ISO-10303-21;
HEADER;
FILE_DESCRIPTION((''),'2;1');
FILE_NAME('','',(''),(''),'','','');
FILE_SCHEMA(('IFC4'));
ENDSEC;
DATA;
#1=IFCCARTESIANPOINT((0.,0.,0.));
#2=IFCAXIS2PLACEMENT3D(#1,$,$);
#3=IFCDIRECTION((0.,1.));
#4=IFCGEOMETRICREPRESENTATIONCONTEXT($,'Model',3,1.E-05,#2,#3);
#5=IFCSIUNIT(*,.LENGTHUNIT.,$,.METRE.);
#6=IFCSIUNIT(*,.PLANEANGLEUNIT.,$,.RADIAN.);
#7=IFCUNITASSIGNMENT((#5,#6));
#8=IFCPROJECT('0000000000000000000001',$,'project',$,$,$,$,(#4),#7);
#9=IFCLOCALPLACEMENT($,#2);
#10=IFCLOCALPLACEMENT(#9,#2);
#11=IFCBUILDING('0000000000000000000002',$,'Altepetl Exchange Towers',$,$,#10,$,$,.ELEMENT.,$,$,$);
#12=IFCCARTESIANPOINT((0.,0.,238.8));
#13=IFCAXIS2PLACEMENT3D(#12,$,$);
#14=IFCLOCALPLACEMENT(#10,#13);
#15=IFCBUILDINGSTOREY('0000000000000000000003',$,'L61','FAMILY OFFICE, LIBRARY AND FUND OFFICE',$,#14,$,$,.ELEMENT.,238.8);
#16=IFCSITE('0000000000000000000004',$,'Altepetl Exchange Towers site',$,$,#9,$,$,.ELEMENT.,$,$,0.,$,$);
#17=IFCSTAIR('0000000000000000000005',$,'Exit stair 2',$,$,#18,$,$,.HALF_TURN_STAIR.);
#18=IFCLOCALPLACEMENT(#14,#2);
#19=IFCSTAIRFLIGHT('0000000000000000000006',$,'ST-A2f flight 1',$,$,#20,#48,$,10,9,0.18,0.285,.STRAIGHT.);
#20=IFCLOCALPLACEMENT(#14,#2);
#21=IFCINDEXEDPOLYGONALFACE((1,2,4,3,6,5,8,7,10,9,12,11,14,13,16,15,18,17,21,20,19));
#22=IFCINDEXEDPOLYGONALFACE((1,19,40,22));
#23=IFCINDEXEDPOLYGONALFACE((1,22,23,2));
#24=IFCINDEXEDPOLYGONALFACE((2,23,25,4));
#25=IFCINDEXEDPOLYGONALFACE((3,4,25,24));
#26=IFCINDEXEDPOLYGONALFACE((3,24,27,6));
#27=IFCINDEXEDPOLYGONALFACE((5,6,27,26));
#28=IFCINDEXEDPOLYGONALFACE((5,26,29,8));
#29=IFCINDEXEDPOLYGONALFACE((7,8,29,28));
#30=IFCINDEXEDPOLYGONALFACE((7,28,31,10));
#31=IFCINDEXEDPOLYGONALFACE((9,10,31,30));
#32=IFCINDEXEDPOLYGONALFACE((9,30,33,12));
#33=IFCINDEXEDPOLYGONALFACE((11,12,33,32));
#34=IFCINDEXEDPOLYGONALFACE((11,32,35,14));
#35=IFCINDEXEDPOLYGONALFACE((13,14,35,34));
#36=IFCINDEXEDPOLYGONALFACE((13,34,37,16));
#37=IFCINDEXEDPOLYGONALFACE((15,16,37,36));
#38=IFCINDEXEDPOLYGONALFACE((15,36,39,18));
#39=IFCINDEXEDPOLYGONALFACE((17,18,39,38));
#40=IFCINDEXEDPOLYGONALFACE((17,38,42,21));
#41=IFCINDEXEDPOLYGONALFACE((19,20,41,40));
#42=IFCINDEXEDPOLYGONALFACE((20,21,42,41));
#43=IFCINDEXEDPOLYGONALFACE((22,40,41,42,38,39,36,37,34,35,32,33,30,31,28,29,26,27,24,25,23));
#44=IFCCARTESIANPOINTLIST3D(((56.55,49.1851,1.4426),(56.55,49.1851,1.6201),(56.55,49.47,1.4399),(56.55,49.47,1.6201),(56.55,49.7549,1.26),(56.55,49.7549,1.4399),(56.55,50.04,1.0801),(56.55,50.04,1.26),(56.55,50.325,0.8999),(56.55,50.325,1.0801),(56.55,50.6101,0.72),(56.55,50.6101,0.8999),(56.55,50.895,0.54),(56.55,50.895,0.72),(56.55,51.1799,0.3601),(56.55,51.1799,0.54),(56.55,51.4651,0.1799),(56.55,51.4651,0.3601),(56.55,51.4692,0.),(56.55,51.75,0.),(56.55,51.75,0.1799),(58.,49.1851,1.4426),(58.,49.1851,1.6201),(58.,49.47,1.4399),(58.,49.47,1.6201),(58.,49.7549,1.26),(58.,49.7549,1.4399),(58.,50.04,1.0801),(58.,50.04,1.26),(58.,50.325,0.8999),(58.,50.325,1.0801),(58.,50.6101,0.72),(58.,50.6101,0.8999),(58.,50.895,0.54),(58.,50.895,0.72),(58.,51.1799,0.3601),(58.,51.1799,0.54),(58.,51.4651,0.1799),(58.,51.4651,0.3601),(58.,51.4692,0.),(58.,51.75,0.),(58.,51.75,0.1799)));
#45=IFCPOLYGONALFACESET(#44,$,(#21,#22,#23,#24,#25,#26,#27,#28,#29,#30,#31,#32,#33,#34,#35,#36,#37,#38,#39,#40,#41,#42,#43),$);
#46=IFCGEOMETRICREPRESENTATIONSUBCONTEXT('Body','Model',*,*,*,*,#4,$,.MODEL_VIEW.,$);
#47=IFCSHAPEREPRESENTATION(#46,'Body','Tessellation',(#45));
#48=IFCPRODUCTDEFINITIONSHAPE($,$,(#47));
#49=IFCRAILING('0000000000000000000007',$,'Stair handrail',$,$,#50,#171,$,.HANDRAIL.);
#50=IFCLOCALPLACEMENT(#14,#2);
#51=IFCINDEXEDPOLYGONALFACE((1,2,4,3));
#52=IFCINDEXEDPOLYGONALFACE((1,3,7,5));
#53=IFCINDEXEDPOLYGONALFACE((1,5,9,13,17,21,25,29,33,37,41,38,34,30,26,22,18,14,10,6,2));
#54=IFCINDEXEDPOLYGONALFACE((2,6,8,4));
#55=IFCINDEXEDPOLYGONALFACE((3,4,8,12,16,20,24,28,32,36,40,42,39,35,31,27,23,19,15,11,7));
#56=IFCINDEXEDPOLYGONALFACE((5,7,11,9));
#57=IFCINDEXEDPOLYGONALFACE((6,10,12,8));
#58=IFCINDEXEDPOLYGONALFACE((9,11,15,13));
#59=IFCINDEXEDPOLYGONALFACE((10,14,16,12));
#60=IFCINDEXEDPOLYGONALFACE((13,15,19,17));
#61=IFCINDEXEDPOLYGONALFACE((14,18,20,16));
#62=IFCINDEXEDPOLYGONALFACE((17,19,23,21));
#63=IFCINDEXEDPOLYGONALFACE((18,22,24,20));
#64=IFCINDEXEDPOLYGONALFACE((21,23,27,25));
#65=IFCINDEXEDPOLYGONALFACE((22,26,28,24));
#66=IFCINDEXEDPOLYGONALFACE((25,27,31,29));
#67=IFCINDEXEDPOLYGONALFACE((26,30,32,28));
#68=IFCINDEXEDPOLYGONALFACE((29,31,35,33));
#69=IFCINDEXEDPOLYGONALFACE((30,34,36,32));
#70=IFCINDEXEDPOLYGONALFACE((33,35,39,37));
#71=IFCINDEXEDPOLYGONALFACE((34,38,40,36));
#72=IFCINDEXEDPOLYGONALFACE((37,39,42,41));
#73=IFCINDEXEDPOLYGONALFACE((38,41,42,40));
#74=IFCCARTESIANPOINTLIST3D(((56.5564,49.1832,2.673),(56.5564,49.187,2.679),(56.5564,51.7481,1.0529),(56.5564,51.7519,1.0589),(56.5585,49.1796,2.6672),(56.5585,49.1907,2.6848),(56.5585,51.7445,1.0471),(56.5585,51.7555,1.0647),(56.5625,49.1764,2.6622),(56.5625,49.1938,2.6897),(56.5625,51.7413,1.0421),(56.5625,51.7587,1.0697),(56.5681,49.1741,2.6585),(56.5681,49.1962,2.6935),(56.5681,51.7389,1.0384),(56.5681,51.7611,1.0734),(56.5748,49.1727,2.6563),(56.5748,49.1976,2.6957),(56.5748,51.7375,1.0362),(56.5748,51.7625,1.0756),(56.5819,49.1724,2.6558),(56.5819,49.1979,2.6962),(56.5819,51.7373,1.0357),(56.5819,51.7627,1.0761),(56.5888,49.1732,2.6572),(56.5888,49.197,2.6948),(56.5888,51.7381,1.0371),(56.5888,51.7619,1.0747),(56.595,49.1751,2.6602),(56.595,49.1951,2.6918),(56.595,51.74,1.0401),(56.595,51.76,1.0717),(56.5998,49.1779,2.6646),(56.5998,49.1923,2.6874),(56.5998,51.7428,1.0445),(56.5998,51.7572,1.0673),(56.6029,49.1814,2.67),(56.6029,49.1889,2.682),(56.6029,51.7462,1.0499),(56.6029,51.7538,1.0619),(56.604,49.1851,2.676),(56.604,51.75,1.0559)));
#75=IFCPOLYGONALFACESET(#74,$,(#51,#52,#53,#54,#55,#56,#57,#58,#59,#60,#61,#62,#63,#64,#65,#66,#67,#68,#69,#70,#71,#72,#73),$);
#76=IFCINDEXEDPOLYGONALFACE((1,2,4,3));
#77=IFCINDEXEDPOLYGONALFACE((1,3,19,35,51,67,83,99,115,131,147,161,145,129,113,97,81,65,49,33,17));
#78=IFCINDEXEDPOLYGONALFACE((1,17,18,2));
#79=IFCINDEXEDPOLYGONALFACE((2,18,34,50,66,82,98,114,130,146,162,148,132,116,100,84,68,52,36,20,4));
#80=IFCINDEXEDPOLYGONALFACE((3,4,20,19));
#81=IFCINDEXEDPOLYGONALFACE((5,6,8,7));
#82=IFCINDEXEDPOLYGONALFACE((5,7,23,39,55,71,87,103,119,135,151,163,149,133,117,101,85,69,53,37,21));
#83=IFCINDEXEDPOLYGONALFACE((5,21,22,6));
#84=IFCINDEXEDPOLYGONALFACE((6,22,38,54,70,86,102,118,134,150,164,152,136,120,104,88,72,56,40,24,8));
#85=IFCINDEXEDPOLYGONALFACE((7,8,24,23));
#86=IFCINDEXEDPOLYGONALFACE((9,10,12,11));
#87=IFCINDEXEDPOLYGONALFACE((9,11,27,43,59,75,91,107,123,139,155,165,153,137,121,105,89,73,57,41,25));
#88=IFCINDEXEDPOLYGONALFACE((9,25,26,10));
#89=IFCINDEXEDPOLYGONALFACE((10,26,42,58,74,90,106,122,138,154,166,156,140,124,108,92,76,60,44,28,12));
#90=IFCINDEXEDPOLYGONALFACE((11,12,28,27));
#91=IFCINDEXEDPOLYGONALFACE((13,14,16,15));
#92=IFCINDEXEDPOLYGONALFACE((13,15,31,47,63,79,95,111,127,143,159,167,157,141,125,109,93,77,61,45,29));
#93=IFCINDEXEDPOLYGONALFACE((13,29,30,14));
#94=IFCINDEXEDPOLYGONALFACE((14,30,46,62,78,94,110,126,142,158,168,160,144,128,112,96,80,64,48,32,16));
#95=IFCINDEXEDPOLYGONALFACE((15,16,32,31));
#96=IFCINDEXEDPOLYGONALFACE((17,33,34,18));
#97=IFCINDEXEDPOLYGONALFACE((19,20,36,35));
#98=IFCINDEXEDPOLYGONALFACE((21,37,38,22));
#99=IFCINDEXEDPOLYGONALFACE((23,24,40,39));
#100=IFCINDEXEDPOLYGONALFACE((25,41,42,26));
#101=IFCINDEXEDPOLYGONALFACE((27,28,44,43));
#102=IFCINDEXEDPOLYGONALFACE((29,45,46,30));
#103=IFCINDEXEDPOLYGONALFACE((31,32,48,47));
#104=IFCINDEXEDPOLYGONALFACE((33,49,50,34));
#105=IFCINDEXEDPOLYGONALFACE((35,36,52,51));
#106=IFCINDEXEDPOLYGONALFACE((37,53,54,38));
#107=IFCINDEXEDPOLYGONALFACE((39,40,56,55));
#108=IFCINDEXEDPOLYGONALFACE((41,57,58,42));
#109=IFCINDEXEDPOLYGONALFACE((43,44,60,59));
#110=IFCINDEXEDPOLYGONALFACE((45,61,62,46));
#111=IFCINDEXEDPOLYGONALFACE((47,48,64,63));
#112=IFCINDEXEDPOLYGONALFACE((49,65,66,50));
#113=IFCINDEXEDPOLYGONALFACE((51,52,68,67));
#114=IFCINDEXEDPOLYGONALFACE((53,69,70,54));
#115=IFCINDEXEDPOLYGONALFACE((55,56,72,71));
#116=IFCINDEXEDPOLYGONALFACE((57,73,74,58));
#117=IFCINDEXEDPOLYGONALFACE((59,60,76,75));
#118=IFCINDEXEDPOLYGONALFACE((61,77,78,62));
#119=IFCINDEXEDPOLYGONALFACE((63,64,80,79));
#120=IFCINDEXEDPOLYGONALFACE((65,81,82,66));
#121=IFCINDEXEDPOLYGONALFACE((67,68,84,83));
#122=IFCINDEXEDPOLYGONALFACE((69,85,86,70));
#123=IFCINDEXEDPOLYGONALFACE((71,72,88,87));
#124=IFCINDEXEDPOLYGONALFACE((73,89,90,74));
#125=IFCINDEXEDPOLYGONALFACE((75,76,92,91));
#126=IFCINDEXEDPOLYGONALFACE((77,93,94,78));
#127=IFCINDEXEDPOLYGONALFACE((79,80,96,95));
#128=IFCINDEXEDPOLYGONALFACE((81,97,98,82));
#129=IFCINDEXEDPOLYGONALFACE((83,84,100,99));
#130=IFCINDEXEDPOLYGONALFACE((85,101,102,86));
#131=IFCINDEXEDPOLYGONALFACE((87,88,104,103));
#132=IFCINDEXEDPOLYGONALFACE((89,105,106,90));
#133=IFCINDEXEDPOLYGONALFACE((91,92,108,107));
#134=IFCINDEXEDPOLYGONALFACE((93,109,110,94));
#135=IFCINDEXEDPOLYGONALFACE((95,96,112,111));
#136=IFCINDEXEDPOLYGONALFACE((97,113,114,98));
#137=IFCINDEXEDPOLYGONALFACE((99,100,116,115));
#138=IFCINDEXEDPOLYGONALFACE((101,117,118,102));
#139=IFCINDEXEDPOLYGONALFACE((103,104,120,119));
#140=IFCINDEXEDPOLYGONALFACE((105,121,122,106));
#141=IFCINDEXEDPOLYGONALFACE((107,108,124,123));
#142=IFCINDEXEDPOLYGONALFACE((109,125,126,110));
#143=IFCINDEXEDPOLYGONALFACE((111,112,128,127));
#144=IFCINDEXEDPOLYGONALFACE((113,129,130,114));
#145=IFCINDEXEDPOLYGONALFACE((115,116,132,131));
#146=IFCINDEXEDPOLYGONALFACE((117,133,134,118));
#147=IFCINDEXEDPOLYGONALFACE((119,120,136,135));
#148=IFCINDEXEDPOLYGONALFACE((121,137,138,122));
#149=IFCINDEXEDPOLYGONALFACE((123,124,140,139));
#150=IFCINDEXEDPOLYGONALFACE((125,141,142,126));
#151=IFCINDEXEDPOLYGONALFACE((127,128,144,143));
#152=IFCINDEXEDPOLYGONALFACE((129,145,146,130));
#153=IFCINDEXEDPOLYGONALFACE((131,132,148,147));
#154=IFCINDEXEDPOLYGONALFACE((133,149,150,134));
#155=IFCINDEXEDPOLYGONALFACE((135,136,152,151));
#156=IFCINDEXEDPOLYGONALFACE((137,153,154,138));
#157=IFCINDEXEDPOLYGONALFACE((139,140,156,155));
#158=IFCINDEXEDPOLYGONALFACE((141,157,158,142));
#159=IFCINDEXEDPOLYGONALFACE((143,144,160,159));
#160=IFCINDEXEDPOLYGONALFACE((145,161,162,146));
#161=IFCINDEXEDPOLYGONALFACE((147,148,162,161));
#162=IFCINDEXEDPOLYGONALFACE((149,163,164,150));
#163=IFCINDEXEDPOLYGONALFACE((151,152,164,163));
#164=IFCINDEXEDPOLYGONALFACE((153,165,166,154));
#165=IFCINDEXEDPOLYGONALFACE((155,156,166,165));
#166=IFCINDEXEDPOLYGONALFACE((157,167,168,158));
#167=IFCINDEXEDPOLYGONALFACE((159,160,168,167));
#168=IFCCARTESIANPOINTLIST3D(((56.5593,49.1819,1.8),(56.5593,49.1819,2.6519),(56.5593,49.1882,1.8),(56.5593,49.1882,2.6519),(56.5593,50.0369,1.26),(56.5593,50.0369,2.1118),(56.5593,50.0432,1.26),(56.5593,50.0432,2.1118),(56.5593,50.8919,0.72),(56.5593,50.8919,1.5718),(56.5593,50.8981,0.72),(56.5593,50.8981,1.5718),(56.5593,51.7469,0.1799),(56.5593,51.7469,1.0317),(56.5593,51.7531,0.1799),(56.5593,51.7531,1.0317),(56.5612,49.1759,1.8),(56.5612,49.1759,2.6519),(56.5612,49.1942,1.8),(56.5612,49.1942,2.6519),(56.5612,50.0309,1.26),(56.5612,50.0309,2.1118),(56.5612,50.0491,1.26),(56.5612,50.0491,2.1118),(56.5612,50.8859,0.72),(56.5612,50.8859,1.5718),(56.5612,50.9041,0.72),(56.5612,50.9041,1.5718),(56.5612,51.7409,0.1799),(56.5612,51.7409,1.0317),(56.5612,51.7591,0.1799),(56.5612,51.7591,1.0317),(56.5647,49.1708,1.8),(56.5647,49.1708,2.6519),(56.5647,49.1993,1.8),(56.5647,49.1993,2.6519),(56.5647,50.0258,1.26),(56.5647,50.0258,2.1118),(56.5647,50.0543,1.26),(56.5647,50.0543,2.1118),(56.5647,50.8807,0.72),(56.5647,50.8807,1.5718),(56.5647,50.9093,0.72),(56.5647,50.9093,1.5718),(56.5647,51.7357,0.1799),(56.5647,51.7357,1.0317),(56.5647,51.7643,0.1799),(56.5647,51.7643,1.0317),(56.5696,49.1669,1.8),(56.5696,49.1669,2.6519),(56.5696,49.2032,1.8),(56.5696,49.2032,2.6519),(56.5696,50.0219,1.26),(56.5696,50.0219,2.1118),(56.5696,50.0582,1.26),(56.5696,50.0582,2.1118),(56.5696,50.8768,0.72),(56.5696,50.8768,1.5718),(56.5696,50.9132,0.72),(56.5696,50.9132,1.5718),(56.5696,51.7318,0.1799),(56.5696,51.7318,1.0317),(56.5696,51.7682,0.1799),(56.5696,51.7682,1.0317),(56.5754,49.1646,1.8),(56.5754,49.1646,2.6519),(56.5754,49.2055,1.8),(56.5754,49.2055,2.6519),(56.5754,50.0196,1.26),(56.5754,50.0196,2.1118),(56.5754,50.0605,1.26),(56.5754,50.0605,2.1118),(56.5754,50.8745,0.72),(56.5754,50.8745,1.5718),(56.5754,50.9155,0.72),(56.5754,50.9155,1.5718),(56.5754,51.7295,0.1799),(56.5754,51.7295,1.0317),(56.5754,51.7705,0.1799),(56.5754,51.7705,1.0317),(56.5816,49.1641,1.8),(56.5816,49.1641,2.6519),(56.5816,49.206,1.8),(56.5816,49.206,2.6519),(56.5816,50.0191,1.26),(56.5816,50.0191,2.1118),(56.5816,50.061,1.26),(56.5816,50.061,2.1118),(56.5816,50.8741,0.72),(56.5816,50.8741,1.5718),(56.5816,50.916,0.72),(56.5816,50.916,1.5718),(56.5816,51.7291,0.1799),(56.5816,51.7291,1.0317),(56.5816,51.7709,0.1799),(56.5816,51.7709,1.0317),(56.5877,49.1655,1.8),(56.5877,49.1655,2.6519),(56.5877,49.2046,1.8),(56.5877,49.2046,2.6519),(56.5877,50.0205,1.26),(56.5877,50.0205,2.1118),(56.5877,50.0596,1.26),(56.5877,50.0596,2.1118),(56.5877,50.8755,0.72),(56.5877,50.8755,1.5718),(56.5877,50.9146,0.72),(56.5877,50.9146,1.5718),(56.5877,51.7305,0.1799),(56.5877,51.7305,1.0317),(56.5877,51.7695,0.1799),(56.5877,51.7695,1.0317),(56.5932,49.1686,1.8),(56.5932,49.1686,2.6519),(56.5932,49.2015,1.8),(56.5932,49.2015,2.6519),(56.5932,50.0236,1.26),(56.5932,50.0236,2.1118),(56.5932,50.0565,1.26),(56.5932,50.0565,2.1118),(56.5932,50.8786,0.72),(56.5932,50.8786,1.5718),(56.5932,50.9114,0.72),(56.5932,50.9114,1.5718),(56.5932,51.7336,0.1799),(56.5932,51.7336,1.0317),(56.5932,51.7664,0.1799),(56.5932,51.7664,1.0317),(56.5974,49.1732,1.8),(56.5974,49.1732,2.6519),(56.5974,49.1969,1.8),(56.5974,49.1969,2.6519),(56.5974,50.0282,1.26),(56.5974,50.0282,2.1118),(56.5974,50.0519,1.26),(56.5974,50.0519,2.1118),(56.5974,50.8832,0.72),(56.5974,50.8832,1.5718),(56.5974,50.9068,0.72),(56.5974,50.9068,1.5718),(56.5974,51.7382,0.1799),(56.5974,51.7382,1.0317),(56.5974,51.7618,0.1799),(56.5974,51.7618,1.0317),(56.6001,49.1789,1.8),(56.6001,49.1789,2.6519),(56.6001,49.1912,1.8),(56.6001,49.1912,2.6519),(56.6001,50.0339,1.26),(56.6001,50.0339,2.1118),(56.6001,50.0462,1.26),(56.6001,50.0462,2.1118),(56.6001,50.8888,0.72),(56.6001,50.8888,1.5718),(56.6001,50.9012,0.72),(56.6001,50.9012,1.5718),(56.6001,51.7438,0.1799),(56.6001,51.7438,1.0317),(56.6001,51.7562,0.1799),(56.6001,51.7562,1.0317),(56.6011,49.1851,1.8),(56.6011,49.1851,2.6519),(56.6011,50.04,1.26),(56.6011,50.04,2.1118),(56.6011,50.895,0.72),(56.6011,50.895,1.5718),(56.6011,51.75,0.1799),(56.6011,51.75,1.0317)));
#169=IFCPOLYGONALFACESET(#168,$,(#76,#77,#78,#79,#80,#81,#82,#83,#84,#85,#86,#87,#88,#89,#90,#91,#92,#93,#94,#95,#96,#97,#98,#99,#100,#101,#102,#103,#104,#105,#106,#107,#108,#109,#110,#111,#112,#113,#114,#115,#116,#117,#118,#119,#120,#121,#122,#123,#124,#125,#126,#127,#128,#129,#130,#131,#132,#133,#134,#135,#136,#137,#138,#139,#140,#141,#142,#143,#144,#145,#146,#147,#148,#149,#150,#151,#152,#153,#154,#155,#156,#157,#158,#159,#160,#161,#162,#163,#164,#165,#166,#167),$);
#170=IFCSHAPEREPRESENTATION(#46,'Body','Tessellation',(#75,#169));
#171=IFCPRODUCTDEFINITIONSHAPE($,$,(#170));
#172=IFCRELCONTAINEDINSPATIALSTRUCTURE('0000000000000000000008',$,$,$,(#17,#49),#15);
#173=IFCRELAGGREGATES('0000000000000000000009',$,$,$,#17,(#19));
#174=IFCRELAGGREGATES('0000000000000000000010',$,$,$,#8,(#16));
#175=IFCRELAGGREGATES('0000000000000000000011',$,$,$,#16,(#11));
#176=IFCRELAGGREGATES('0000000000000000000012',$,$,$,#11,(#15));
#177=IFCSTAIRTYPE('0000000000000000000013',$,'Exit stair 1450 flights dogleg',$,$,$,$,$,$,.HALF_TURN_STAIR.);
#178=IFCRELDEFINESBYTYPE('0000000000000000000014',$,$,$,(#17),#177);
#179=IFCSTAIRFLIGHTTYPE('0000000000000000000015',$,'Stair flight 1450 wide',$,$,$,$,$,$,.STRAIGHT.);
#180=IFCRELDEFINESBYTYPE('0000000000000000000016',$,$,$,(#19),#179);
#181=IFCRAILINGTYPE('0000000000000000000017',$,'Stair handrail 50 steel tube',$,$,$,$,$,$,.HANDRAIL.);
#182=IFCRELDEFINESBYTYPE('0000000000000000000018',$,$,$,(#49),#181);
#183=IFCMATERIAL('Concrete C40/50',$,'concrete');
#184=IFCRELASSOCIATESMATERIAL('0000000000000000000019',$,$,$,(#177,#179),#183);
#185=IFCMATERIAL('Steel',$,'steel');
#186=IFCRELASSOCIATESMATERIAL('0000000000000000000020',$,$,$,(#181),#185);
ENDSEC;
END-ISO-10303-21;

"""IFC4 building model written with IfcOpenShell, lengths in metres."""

from ifc_helpers import new_model, si_unit, direction, frame, origin, origin_2d, place, context, subcontext, project, spatial, polyline, circle, outline, extrude, source, transform, mapped, material, type_object, element, aggregate, save


model = new_model("IFC4")

# Units and contexts
model_context = context("Model", 3, precision=1e-05, world=origin(), true_north=direction((0.0, 1.0)))
body_context = subcontext(model_context, "Body", "Model", "MODEL_VIEW")
ifc_project = project(units=[si_unit("LENGTHUNIT", "METRE"), si_unit("PLANEANGLEUNIT", "RADIAN")], contexts=[model_context])

# Site, building, storey
site_placement = place(None, origin())
site = spatial("IfcSite", under=ifc_project, at=site_placement, Name="Altepetl Exchange Towers site", CompositionType="ELEMENT", RefElevation=0.0)
building_placement = place(site_placement, origin())
building = spatial("IfcBuilding", under=site, at=building_placement, Name="Altepetl Exchange Towers", CompositionType="ELEMENT")
storey_placement = place(building_placement, frame((0.0, 0.0, 238.8)))
storey = spatial("IfcBuildingStorey", under=building, at=storey_placement, Name="L61", Description="FAMILY OFFICE, LIBRARY AND FUND OFFICE", CompositionType="ELEMENT", Elevation=238.8)

# Shared definitions
ifc_material_1 = material(Name="Concrete C40/50", Category="concrete")

# Stair, stair flight
stair_type = type_object("IfcStairType", Name="Exit stair 1450 flights dogleg", PredefinedType="HALF_TURN_STAIR", material=ifc_material_1)
stair_placement = place(storey_placement, origin())
stair = element("IfcStair", 1, at=stair_placement, inside=storey, type_object=stair_type, Name="Exit stair 2", PredefinedType="HALF_TURN_STAIR")
stair_flight_type = type_object("IfcStairFlightType", Name="Stair flight 1450 wide", PredefinedType="STRAIGHT", material=ifc_material_1)
stair_flight_placement = place(storey_placement, frame((57.2749, 51.75, 0.0), z_axis=(0.0, 0.0, 1.0), x_axis=(0.0, -1.0, 0.0)))
stair_flight = element("IfcStairFlight", 2, at=stair_flight_placement, type_object=stair_flight_type, Name="ST-A2f flight 1", NumberOfRisers=10, NumberOfTreads=9, PredefinedType="STRAIGHT", RiserHeight=0.18, TreadLength=0.285, context=body_context, shape_type="SweptSolid", body=[
    extrude(outline(polyline([(0.0, 0.0), (0.0, 0.1799), (0.2849, 0.1799), (0.2849, 0.3601), (0.5701, 0.3601), (0.5701, 0.54), (0.855, 0.54), (0.855, 0.72), (1.1399, 0.72), (1.1399, 0.8999), (1.425, 0.8999), (1.425, 1.0801), (1.71, 1.0801), (1.71, 1.26), (1.9951, 1.26), (1.9951, 1.4399), (2.28, 1.4399), (2.28, 1.6201), (2.5649, 1.6201), (2.5649, 1.8), (2.5649, 1.4426), (0.2808, 0.0), (0.0, 0.0)])), frame((0.0, 0.7251, 0.0), z_axis=(0.0, -1.0, 0.0), x_axis=(1.0, 0.0, 0.0)), (0.0, 0.0, 1.0), 1.45),
])
aggregate(stair, [stair_flight])

# Railing
ifc_material_2 = material(Name="Steel", Category="steel")
railing_type = type_object("IfcRailingType", Name="Stair handrail 50 steel tube", PredefinedType="HANDRAIL", material=ifc_material_2)
shared_shape = source(origin(), body_context, "Body", "SweptSolid", [
    extrude(circle(Radius=0.021, at=origin_2d()), origin(), (0.0, 0.0, 1.0), 0.8518),
])
railing_placement = place(storey_placement, frame((56.5801, 51.75, 0.1799)))
element("IfcRailing", 3, at=railing_placement, inside=storey, type_object=railing_type, Name="Stair handrail", PredefinedType="HANDRAIL", context=body_context, shape_type="SweptSolid", body=[
    extrude(circle(Radius=0.0239, at=origin_2d()), frame((0.0, 0.0, 0.876), z_axis=(0.0, -0.845466, 0.534029), x_axis=(1.0, 0.0, 0.0)), (0.0, 0.0, 1.0), 3.0337),
    mapped(shared_shape, transform((0.0, 0.0, 0.0))),
    mapped(shared_shape, transform((0.0, -0.855, 0.54))),
    mapped(shared_shape, transform((0.0, -1.71, 1.0801))),
    mapped(shared_shape, transform((0.0, -2.5649, 1.6201))),
])

save(model, "model.ifc")
